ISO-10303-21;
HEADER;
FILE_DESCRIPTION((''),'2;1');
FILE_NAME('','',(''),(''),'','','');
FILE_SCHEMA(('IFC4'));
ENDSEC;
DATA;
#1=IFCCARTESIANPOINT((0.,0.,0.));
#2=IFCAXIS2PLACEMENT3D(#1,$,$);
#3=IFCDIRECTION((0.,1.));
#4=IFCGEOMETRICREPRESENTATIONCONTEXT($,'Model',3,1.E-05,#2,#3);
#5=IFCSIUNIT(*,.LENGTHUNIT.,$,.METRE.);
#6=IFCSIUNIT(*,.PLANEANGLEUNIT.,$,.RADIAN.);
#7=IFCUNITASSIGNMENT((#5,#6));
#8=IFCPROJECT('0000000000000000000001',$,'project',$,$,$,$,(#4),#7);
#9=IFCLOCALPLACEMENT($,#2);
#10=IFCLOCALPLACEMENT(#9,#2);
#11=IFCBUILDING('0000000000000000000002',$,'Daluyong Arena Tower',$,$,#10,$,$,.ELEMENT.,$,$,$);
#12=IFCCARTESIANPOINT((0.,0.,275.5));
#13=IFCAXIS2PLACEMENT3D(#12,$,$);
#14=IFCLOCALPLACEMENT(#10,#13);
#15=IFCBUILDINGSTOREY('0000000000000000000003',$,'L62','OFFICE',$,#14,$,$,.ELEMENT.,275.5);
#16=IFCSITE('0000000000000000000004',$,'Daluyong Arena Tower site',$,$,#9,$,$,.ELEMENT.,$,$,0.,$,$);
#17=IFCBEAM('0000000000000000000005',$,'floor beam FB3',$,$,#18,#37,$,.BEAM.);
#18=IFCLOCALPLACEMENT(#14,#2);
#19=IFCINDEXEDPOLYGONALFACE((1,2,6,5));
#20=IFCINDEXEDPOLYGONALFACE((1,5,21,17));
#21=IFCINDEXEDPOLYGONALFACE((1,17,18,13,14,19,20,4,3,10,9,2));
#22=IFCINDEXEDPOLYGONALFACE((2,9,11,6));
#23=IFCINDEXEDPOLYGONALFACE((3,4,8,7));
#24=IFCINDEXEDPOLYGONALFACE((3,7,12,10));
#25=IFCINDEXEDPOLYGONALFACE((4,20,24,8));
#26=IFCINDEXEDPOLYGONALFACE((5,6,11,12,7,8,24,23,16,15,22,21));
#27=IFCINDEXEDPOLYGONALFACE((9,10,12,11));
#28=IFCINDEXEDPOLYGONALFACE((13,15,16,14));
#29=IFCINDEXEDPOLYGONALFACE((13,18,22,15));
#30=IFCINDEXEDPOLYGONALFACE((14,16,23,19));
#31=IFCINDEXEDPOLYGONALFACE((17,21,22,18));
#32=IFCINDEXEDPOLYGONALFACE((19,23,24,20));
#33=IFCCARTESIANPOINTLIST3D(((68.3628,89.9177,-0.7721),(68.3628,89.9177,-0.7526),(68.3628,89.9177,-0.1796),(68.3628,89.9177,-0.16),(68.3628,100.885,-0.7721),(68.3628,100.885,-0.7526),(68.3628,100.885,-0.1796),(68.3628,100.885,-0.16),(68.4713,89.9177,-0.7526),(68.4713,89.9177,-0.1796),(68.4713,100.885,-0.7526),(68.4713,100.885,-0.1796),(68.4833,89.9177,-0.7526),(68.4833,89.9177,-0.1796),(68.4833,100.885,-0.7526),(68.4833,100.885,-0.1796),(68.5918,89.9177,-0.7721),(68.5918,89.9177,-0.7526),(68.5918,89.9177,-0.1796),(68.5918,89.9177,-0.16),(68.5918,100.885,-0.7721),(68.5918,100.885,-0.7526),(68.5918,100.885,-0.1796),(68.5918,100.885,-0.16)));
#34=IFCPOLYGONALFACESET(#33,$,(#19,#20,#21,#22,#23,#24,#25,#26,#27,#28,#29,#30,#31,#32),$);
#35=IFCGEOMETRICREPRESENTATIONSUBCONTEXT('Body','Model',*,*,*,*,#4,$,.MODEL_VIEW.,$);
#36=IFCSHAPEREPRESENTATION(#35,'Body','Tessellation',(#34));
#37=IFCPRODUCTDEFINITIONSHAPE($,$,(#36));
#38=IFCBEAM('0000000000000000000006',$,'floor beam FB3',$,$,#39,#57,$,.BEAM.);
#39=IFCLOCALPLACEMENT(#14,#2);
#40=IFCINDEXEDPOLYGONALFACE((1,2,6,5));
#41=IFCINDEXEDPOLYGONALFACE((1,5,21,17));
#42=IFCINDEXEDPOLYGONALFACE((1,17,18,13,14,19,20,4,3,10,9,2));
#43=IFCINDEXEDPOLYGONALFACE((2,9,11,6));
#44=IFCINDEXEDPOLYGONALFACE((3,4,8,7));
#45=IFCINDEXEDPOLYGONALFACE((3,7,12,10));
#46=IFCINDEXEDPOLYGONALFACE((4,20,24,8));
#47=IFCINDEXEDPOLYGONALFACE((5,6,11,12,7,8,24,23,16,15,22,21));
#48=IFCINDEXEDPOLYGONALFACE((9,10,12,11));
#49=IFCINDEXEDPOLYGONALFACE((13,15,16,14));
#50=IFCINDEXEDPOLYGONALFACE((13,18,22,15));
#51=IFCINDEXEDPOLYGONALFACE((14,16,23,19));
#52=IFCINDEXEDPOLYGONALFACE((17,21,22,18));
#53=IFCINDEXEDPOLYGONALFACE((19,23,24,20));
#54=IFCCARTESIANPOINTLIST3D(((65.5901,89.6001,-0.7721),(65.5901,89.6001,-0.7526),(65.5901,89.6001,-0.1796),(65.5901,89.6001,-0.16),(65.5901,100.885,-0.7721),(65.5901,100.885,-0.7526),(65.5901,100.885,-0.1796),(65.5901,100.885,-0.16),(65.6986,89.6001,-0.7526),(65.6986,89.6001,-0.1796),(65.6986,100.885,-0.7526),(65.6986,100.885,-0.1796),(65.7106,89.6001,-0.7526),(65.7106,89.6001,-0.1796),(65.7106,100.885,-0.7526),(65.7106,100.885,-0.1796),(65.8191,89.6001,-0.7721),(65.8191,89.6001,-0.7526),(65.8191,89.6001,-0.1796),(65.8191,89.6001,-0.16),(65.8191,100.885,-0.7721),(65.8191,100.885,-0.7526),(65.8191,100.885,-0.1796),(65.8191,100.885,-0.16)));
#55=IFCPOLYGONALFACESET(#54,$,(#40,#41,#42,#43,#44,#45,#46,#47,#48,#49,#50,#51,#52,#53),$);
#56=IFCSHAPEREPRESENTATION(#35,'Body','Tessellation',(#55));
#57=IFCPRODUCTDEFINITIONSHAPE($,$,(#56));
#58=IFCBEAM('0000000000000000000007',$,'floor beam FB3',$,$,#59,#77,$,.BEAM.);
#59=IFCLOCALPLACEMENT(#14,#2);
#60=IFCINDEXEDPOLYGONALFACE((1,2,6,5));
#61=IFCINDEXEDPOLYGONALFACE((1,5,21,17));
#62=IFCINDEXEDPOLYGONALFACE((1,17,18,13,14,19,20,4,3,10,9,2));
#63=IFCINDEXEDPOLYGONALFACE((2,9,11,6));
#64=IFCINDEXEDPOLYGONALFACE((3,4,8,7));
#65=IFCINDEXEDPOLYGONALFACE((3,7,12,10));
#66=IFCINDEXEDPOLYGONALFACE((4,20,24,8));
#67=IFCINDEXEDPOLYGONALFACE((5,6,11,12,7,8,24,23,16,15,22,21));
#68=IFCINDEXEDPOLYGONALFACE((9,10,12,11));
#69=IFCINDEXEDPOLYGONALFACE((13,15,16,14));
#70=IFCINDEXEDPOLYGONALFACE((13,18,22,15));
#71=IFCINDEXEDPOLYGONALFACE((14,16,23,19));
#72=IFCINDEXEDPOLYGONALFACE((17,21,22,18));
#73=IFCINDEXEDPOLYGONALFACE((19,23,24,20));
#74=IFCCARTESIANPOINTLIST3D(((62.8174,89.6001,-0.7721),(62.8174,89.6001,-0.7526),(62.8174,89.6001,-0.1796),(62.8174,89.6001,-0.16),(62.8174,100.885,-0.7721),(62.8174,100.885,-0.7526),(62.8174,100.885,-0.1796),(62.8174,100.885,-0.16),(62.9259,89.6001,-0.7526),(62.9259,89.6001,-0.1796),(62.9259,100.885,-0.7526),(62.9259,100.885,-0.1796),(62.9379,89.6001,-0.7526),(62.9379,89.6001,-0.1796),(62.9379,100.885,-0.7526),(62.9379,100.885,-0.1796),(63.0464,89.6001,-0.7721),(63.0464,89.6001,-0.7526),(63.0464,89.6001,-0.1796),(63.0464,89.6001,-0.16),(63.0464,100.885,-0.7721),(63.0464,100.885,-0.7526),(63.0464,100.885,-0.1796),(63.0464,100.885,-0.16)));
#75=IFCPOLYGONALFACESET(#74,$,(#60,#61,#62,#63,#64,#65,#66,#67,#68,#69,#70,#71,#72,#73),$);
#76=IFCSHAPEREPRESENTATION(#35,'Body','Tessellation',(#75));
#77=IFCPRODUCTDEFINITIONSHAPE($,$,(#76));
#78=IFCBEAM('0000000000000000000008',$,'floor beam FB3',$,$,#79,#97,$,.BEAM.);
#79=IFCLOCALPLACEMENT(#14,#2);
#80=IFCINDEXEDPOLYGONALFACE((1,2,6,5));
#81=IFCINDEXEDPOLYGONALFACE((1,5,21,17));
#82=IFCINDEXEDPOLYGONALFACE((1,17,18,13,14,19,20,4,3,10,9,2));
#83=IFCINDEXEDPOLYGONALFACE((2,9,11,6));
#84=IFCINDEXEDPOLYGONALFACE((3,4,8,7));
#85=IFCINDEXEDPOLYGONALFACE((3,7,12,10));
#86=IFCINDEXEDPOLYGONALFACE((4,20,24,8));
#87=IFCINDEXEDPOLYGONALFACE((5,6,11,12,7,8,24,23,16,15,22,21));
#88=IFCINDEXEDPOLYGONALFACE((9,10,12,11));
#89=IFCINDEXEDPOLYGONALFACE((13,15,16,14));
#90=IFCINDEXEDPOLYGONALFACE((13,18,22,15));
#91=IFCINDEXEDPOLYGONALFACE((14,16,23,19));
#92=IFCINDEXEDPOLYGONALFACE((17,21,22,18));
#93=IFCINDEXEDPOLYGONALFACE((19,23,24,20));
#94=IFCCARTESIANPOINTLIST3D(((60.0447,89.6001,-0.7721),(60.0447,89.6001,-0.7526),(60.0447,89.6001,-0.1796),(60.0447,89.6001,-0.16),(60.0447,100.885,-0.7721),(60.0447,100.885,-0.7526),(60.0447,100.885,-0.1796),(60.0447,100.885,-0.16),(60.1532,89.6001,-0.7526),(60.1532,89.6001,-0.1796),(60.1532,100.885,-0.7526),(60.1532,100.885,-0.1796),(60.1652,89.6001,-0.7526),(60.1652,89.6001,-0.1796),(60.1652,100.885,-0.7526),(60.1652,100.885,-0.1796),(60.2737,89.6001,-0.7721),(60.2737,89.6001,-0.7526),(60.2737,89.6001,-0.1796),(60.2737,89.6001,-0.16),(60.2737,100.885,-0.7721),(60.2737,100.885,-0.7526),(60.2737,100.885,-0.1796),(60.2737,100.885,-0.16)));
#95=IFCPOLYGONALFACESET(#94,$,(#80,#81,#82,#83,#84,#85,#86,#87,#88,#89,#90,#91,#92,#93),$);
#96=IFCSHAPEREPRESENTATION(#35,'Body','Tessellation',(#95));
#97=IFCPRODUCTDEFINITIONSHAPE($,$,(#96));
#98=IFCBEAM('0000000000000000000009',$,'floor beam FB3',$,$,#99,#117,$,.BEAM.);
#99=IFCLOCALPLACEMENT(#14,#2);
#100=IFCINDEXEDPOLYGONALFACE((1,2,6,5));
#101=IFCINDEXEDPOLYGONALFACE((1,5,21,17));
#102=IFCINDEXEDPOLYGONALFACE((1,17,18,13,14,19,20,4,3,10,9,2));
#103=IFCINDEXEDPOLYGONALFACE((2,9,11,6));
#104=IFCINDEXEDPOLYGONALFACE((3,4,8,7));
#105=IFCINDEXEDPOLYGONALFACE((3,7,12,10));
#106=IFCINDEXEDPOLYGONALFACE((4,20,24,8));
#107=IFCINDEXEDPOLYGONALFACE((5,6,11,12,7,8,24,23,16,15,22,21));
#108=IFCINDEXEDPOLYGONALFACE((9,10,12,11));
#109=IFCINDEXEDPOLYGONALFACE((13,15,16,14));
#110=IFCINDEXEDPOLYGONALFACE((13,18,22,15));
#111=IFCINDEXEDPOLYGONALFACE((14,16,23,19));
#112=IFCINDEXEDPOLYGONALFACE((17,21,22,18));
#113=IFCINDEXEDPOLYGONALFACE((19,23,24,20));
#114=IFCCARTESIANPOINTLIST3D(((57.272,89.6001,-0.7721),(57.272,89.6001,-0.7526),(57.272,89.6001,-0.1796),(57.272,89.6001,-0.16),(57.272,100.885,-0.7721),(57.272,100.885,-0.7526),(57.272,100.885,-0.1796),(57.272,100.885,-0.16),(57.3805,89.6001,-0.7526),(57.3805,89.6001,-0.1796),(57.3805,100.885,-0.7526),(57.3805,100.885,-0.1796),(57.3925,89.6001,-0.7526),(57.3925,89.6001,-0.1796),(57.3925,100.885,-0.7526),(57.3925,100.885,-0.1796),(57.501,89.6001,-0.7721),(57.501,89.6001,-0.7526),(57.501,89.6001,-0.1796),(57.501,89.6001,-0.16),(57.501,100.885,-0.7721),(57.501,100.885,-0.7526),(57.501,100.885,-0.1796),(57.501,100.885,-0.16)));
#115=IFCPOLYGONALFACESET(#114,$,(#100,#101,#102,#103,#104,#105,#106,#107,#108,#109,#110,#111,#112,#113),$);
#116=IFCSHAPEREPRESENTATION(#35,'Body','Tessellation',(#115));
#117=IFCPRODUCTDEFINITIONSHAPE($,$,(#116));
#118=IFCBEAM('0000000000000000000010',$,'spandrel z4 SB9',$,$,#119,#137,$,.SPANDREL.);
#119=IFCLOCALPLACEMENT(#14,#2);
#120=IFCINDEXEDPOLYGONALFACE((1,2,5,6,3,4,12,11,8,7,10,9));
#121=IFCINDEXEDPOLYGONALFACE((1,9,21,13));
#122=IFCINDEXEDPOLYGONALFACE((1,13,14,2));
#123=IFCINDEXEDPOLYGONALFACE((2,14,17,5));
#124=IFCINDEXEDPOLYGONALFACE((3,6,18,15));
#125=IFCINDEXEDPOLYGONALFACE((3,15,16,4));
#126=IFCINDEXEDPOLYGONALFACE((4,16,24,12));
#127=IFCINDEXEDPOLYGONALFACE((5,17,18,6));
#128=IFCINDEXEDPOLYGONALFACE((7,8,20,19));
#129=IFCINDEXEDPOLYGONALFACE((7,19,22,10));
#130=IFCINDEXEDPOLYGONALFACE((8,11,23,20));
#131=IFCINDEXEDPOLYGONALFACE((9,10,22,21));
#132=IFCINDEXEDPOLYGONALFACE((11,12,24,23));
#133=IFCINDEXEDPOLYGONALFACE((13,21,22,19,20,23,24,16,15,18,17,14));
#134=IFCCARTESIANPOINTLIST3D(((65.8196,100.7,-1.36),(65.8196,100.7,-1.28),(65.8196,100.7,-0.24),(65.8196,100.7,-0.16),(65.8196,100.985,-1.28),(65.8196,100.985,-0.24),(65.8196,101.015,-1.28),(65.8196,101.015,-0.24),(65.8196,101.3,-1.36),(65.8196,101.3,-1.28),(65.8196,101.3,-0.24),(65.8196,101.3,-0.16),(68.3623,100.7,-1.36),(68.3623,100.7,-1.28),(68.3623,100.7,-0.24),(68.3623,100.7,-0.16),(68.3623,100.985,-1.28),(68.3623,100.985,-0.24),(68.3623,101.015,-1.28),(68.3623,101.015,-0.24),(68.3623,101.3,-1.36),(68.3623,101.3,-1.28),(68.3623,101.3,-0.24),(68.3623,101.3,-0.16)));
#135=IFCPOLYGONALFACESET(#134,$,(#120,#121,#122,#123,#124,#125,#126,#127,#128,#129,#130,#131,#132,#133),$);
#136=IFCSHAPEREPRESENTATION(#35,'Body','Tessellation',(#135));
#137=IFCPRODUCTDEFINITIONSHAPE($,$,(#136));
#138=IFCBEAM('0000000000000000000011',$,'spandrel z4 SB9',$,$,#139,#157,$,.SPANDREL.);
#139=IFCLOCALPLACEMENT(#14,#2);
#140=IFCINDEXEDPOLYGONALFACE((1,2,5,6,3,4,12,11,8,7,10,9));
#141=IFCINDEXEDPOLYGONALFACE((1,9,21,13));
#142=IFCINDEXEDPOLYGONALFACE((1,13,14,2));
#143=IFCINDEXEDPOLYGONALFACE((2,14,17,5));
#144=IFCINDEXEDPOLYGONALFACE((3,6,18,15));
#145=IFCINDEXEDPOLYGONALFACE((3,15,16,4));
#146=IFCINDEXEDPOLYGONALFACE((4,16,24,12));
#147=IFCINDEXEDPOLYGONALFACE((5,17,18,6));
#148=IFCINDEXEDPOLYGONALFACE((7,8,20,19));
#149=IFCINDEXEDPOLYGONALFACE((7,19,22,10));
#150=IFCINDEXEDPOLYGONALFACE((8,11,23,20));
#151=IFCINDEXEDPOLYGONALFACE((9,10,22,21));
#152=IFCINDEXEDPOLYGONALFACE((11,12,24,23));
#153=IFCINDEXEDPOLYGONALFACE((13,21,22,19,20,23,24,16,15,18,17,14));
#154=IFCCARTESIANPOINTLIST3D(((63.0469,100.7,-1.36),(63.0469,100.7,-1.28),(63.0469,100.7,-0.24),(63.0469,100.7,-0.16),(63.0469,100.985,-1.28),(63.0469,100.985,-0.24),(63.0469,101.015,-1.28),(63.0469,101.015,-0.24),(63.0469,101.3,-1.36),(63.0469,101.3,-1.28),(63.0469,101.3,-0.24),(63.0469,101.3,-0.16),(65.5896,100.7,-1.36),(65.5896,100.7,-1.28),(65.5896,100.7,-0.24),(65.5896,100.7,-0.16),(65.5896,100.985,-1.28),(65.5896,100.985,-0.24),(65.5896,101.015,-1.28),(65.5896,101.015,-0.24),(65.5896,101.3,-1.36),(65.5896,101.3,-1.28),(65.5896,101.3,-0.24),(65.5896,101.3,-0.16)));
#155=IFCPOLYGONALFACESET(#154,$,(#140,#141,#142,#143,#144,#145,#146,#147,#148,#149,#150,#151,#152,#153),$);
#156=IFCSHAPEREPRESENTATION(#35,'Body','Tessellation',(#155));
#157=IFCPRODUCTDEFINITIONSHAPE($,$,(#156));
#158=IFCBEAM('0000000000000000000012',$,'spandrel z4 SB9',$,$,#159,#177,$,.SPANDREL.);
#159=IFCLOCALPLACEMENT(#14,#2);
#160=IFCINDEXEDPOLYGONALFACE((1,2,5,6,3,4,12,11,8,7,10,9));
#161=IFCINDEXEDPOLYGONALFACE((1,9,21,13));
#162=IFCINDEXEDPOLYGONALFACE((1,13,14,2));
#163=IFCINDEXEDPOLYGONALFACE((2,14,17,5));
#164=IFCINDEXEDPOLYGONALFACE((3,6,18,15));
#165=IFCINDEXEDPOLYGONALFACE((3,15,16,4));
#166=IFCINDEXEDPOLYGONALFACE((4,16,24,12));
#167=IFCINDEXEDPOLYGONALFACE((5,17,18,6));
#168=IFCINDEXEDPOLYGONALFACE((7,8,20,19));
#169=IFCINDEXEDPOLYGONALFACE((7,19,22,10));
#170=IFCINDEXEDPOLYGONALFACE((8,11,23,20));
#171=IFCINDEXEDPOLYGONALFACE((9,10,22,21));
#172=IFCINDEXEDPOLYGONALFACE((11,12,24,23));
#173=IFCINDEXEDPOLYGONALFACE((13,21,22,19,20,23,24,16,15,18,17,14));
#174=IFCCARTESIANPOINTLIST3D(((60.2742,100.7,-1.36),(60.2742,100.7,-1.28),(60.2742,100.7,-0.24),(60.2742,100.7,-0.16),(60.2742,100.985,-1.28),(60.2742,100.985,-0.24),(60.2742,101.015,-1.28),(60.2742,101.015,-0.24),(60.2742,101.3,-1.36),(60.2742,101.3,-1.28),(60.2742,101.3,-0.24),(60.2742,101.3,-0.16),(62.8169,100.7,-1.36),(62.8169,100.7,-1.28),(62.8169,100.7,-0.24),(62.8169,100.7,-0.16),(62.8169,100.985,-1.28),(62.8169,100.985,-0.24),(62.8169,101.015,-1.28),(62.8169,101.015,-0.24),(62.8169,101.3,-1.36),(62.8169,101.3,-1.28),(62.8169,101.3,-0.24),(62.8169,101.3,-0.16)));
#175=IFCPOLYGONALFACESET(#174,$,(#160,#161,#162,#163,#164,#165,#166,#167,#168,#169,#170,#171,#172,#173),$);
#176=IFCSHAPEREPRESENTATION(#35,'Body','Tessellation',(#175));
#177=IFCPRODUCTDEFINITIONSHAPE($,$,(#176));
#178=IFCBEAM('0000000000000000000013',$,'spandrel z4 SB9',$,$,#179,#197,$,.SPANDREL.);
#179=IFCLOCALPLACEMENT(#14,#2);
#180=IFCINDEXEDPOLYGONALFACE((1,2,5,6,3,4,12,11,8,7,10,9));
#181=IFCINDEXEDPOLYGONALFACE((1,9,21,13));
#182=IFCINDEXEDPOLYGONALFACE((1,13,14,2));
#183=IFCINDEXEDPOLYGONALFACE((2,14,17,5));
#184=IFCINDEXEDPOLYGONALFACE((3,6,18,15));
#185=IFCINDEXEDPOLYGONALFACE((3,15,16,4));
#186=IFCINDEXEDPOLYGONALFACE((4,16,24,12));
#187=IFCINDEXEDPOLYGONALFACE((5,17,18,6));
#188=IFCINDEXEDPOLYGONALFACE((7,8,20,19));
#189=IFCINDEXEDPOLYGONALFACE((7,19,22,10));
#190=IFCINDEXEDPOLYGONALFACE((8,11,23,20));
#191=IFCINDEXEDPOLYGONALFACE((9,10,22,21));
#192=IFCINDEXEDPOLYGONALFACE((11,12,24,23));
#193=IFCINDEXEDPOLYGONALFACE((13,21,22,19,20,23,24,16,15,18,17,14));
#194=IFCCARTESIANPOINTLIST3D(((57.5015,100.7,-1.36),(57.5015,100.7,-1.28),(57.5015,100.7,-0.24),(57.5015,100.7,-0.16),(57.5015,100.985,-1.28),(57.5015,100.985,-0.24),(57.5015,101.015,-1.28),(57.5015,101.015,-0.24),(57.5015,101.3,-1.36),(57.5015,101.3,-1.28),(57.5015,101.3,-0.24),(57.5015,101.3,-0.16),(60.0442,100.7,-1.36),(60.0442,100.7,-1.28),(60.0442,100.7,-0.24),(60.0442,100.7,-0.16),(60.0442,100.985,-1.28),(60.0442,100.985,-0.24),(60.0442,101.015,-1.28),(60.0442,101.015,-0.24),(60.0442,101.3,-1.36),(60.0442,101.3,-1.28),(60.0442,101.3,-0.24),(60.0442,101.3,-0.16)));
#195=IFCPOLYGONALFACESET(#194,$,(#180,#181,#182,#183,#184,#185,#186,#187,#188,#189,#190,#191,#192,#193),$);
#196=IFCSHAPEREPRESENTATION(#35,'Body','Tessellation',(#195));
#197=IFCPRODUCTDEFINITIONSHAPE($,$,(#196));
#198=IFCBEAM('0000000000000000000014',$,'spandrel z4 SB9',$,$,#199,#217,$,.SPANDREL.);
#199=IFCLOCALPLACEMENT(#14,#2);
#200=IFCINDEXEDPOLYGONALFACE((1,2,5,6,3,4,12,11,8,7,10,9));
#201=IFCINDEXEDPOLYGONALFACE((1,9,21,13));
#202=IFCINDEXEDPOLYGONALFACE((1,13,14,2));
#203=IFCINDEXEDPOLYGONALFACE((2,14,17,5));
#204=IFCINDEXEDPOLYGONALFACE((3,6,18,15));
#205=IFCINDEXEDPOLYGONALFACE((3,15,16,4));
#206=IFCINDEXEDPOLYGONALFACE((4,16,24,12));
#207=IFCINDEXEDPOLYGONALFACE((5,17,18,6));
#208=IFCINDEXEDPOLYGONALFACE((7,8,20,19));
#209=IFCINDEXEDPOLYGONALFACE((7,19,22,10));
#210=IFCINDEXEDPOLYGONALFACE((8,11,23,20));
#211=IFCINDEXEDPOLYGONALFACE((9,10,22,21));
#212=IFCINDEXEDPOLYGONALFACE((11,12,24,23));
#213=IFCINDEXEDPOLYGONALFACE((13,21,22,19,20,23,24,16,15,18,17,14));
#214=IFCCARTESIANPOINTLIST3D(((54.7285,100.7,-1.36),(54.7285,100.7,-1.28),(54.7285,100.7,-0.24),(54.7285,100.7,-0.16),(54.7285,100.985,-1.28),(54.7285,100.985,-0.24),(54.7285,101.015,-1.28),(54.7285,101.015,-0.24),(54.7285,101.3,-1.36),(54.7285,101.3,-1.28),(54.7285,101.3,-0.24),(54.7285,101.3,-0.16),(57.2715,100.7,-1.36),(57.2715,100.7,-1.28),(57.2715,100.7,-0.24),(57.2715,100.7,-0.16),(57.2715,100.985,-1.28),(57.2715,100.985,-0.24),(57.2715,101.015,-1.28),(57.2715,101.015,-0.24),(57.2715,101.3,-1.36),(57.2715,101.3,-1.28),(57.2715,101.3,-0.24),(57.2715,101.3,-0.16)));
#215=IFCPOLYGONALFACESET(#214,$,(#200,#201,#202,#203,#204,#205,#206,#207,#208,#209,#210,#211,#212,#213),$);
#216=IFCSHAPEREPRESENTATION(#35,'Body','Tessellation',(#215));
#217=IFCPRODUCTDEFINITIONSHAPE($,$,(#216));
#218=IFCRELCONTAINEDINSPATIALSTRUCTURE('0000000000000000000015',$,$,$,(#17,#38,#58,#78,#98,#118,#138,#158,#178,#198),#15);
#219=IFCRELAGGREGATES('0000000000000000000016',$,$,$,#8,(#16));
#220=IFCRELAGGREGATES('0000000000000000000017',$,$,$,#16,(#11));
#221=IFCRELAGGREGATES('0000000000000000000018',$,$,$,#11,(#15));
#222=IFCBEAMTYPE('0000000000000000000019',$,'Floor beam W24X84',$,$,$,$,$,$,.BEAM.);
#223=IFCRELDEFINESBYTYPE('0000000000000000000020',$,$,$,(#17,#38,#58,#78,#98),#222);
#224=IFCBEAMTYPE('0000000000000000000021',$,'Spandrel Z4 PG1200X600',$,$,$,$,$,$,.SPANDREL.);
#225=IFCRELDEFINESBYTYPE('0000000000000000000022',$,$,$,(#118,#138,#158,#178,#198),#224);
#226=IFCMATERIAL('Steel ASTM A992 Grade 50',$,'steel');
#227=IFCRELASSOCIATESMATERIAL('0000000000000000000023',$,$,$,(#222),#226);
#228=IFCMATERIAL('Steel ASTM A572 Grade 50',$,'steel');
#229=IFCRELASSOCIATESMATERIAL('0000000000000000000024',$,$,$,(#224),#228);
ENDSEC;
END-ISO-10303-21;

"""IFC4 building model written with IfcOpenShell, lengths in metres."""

from ifc_helpers import new_model, si_unit, direction, frame, origin, origin_2d, place, context, subcontext, project, spatial, i_section, extrude, material, material_profile, profile_set, type_object, element, save


model = new_model("IFC4")

# Units and contexts
model_context = context("Model", 3, precision=1e-05, world=origin(), true_north=direction((0.0, 1.0)))
body_context = subcontext(model_context, "Body", "Model", "MODEL_VIEW")
ifc_project = project(units=[si_unit("LENGTHUNIT", "METRE"), si_unit("PLANEANGLEUNIT", "RADIAN")], contexts=[model_context])

# Site, building, storey
site_placement = place(None, origin())
site = spatial("IfcSite", under=ifc_project, at=site_placement, Name="Daluyong Arena Tower site", CompositionType="ELEMENT", RefElevation=0.0)
building_placement = place(site_placement, origin())
building = spatial("IfcBuilding", under=site, at=building_placement, Name="Daluyong Arena Tower", CompositionType="ELEMENT")
storey_placement = place(building_placement, frame((0.0, 0.0, 275.5)))
storey = spatial("IfcBuildingStorey", under=building, at=storey_placement, Name="L62", Description="OFFICE", CompositionType="ELEMENT", Elevation=275.5)

# Beams
ifc_material_1 = material(Name="Steel ASTM A992 Grade 50", Category="steel")
ifc_material_profile_1 = material_profile(ifc_material_1, i_section(OverallWidth=0.229, OverallDepth=0.6121, WebThickness=0.012, FlangeThickness=0.0195, at=origin_2d()))
ifc_profile_set_1 = profile_set([ifc_material_profile_1], Name="Steel ASTM A992 Grade 50")
beam_type_1 = type_object("IfcBeamType", Name="Floor beam W24X84", PredefinedType="BEAM", material=ifc_profile_set_1)
beam_1_placement = place(storey_placement, frame((68.4773, 100.885, -0.4661), z_axis=(0.0, -1.0, 0.0), x_axis=(1.0, 0.0, 0.0)))
element("IfcBeam", 1, at=beam_1_placement, inside=storey, type_object=beam_type_1, Name="floor beam FB3", PredefinedType="BEAM", context=body_context, shape_type="SweptSolid", body=[
    extrude(i_section(OverallWidth=0.229, OverallDepth=0.6121, WebThickness=0.012, FlangeThickness=0.0195, at=origin_2d()), origin(), (0.0, 0.0, 1.0), 10.9673),
])
for number, where, z_axis, x_axis, name in (
    (2, (65.7046, 100.885, -0.4661), (0.0, -1.0, 0.0), (1.0, 0.0, 0.0), "floor beam FB3"),
    (3, (62.9319, 100.885, -0.4661), (0.0, -1.0, 0.0), (1.0, 0.0, 0.0), "floor beam FB3"),
    (4, (60.1592, 100.885, -0.4661), (0.0, -1.0, 0.0), (1.0, 0.0, 0.0), "floor beam FB3"),
    (5, (57.3865, 100.885, -0.4661), (0.0, -1.0, 0.0), (1.0, 0.0, 0.0), "floor beam FB3"),
):
    element("IfcBeam", number, at=place(storey_placement, frame(where, z_axis=z_axis, x_axis=x_axis)), inside=storey, type_object=beam_type_1, Name=name, PredefinedType="BEAM", context=body_context, shape_type="SweptSolid", body=[
        extrude(i_section(OverallWidth=0.229, OverallDepth=0.6121, WebThickness=0.012, FlangeThickness=0.0195, at=origin_2d()), origin(), (0.0, 0.0, 1.0), 11.2849),
    ])
ifc_material_2 = material(Name="Steel ASTM A572 Grade 50", Category="steel")
ifc_material_profile_2 = material_profile(ifc_material_2, i_section(OverallWidth=0.6001, OverallDepth=1.2, WebThickness=0.03, FlangeThickness=0.08, at=origin_2d()))
ifc_profile_set_2 = profile_set([ifc_material_profile_2], Name="Steel ASTM A572 Grade 50")
beam_type_2 = type_object("IfcBeamType", Name="Spandrel Z4 PG1200X600", PredefinedType="SPANDREL", material=ifc_profile_set_2)
for number, where, z_axis, x_axis, name in (
    (6, (68.3623, 101.0, -0.76), (-1.0, 0.0, 0.0), (0.0, -1.0, 0.0), "spandrel z4 SB9"),
    (7, (65.5896, 101.0, -0.76), (-1.0, 0.0, 0.0), (0.0, -1.0, 0.0), "spandrel z4 SB9"),
    (8, (62.8169, 101.0, -0.76), (-1.0, 0.0, 0.0), (0.0, -1.0, 0.0), "spandrel z4 SB9"),
    (9, (60.0442, 101.0, -0.76), (-1.0, 0.0, 0.0), (0.0, -1.0, 0.0), "spandrel z4 SB9"),
):
    element("IfcBeam", number, at=place(storey_placement, frame(where, z_axis=z_axis, x_axis=x_axis)), inside=storey, type_object=beam_type_2, Name=name, PredefinedType="SPANDREL", context=body_context, shape_type="SweptSolid", body=[
        extrude(i_section(OverallWidth=0.6001, OverallDepth=1.2, WebThickness=0.03, FlangeThickness=0.08, at=origin_2d()), origin(), (0.0, 0.0, 1.0), 2.5427),
    ])
beam_2_placement = place(storey_placement, frame((57.2715, 101.0, -0.76), z_axis=(-1.0, 0.0, 0.0), x_axis=(0.0, -1.0, 0.0)))
element("IfcBeam", 10, at=beam_2_placement, inside=storey, type_object=beam_type_2, Name="spandrel z4 SB9", PredefinedType="SPANDREL", context=body_context, shape_type="SweptSolid", body=[
    extrude(i_section(OverallWidth=0.6001, OverallDepth=1.2, WebThickness=0.03, FlangeThickness=0.08, at=origin_2d()), origin(), (0.0, 0.0, 1.0), 2.543),
])

save(model, "model.ifc")
